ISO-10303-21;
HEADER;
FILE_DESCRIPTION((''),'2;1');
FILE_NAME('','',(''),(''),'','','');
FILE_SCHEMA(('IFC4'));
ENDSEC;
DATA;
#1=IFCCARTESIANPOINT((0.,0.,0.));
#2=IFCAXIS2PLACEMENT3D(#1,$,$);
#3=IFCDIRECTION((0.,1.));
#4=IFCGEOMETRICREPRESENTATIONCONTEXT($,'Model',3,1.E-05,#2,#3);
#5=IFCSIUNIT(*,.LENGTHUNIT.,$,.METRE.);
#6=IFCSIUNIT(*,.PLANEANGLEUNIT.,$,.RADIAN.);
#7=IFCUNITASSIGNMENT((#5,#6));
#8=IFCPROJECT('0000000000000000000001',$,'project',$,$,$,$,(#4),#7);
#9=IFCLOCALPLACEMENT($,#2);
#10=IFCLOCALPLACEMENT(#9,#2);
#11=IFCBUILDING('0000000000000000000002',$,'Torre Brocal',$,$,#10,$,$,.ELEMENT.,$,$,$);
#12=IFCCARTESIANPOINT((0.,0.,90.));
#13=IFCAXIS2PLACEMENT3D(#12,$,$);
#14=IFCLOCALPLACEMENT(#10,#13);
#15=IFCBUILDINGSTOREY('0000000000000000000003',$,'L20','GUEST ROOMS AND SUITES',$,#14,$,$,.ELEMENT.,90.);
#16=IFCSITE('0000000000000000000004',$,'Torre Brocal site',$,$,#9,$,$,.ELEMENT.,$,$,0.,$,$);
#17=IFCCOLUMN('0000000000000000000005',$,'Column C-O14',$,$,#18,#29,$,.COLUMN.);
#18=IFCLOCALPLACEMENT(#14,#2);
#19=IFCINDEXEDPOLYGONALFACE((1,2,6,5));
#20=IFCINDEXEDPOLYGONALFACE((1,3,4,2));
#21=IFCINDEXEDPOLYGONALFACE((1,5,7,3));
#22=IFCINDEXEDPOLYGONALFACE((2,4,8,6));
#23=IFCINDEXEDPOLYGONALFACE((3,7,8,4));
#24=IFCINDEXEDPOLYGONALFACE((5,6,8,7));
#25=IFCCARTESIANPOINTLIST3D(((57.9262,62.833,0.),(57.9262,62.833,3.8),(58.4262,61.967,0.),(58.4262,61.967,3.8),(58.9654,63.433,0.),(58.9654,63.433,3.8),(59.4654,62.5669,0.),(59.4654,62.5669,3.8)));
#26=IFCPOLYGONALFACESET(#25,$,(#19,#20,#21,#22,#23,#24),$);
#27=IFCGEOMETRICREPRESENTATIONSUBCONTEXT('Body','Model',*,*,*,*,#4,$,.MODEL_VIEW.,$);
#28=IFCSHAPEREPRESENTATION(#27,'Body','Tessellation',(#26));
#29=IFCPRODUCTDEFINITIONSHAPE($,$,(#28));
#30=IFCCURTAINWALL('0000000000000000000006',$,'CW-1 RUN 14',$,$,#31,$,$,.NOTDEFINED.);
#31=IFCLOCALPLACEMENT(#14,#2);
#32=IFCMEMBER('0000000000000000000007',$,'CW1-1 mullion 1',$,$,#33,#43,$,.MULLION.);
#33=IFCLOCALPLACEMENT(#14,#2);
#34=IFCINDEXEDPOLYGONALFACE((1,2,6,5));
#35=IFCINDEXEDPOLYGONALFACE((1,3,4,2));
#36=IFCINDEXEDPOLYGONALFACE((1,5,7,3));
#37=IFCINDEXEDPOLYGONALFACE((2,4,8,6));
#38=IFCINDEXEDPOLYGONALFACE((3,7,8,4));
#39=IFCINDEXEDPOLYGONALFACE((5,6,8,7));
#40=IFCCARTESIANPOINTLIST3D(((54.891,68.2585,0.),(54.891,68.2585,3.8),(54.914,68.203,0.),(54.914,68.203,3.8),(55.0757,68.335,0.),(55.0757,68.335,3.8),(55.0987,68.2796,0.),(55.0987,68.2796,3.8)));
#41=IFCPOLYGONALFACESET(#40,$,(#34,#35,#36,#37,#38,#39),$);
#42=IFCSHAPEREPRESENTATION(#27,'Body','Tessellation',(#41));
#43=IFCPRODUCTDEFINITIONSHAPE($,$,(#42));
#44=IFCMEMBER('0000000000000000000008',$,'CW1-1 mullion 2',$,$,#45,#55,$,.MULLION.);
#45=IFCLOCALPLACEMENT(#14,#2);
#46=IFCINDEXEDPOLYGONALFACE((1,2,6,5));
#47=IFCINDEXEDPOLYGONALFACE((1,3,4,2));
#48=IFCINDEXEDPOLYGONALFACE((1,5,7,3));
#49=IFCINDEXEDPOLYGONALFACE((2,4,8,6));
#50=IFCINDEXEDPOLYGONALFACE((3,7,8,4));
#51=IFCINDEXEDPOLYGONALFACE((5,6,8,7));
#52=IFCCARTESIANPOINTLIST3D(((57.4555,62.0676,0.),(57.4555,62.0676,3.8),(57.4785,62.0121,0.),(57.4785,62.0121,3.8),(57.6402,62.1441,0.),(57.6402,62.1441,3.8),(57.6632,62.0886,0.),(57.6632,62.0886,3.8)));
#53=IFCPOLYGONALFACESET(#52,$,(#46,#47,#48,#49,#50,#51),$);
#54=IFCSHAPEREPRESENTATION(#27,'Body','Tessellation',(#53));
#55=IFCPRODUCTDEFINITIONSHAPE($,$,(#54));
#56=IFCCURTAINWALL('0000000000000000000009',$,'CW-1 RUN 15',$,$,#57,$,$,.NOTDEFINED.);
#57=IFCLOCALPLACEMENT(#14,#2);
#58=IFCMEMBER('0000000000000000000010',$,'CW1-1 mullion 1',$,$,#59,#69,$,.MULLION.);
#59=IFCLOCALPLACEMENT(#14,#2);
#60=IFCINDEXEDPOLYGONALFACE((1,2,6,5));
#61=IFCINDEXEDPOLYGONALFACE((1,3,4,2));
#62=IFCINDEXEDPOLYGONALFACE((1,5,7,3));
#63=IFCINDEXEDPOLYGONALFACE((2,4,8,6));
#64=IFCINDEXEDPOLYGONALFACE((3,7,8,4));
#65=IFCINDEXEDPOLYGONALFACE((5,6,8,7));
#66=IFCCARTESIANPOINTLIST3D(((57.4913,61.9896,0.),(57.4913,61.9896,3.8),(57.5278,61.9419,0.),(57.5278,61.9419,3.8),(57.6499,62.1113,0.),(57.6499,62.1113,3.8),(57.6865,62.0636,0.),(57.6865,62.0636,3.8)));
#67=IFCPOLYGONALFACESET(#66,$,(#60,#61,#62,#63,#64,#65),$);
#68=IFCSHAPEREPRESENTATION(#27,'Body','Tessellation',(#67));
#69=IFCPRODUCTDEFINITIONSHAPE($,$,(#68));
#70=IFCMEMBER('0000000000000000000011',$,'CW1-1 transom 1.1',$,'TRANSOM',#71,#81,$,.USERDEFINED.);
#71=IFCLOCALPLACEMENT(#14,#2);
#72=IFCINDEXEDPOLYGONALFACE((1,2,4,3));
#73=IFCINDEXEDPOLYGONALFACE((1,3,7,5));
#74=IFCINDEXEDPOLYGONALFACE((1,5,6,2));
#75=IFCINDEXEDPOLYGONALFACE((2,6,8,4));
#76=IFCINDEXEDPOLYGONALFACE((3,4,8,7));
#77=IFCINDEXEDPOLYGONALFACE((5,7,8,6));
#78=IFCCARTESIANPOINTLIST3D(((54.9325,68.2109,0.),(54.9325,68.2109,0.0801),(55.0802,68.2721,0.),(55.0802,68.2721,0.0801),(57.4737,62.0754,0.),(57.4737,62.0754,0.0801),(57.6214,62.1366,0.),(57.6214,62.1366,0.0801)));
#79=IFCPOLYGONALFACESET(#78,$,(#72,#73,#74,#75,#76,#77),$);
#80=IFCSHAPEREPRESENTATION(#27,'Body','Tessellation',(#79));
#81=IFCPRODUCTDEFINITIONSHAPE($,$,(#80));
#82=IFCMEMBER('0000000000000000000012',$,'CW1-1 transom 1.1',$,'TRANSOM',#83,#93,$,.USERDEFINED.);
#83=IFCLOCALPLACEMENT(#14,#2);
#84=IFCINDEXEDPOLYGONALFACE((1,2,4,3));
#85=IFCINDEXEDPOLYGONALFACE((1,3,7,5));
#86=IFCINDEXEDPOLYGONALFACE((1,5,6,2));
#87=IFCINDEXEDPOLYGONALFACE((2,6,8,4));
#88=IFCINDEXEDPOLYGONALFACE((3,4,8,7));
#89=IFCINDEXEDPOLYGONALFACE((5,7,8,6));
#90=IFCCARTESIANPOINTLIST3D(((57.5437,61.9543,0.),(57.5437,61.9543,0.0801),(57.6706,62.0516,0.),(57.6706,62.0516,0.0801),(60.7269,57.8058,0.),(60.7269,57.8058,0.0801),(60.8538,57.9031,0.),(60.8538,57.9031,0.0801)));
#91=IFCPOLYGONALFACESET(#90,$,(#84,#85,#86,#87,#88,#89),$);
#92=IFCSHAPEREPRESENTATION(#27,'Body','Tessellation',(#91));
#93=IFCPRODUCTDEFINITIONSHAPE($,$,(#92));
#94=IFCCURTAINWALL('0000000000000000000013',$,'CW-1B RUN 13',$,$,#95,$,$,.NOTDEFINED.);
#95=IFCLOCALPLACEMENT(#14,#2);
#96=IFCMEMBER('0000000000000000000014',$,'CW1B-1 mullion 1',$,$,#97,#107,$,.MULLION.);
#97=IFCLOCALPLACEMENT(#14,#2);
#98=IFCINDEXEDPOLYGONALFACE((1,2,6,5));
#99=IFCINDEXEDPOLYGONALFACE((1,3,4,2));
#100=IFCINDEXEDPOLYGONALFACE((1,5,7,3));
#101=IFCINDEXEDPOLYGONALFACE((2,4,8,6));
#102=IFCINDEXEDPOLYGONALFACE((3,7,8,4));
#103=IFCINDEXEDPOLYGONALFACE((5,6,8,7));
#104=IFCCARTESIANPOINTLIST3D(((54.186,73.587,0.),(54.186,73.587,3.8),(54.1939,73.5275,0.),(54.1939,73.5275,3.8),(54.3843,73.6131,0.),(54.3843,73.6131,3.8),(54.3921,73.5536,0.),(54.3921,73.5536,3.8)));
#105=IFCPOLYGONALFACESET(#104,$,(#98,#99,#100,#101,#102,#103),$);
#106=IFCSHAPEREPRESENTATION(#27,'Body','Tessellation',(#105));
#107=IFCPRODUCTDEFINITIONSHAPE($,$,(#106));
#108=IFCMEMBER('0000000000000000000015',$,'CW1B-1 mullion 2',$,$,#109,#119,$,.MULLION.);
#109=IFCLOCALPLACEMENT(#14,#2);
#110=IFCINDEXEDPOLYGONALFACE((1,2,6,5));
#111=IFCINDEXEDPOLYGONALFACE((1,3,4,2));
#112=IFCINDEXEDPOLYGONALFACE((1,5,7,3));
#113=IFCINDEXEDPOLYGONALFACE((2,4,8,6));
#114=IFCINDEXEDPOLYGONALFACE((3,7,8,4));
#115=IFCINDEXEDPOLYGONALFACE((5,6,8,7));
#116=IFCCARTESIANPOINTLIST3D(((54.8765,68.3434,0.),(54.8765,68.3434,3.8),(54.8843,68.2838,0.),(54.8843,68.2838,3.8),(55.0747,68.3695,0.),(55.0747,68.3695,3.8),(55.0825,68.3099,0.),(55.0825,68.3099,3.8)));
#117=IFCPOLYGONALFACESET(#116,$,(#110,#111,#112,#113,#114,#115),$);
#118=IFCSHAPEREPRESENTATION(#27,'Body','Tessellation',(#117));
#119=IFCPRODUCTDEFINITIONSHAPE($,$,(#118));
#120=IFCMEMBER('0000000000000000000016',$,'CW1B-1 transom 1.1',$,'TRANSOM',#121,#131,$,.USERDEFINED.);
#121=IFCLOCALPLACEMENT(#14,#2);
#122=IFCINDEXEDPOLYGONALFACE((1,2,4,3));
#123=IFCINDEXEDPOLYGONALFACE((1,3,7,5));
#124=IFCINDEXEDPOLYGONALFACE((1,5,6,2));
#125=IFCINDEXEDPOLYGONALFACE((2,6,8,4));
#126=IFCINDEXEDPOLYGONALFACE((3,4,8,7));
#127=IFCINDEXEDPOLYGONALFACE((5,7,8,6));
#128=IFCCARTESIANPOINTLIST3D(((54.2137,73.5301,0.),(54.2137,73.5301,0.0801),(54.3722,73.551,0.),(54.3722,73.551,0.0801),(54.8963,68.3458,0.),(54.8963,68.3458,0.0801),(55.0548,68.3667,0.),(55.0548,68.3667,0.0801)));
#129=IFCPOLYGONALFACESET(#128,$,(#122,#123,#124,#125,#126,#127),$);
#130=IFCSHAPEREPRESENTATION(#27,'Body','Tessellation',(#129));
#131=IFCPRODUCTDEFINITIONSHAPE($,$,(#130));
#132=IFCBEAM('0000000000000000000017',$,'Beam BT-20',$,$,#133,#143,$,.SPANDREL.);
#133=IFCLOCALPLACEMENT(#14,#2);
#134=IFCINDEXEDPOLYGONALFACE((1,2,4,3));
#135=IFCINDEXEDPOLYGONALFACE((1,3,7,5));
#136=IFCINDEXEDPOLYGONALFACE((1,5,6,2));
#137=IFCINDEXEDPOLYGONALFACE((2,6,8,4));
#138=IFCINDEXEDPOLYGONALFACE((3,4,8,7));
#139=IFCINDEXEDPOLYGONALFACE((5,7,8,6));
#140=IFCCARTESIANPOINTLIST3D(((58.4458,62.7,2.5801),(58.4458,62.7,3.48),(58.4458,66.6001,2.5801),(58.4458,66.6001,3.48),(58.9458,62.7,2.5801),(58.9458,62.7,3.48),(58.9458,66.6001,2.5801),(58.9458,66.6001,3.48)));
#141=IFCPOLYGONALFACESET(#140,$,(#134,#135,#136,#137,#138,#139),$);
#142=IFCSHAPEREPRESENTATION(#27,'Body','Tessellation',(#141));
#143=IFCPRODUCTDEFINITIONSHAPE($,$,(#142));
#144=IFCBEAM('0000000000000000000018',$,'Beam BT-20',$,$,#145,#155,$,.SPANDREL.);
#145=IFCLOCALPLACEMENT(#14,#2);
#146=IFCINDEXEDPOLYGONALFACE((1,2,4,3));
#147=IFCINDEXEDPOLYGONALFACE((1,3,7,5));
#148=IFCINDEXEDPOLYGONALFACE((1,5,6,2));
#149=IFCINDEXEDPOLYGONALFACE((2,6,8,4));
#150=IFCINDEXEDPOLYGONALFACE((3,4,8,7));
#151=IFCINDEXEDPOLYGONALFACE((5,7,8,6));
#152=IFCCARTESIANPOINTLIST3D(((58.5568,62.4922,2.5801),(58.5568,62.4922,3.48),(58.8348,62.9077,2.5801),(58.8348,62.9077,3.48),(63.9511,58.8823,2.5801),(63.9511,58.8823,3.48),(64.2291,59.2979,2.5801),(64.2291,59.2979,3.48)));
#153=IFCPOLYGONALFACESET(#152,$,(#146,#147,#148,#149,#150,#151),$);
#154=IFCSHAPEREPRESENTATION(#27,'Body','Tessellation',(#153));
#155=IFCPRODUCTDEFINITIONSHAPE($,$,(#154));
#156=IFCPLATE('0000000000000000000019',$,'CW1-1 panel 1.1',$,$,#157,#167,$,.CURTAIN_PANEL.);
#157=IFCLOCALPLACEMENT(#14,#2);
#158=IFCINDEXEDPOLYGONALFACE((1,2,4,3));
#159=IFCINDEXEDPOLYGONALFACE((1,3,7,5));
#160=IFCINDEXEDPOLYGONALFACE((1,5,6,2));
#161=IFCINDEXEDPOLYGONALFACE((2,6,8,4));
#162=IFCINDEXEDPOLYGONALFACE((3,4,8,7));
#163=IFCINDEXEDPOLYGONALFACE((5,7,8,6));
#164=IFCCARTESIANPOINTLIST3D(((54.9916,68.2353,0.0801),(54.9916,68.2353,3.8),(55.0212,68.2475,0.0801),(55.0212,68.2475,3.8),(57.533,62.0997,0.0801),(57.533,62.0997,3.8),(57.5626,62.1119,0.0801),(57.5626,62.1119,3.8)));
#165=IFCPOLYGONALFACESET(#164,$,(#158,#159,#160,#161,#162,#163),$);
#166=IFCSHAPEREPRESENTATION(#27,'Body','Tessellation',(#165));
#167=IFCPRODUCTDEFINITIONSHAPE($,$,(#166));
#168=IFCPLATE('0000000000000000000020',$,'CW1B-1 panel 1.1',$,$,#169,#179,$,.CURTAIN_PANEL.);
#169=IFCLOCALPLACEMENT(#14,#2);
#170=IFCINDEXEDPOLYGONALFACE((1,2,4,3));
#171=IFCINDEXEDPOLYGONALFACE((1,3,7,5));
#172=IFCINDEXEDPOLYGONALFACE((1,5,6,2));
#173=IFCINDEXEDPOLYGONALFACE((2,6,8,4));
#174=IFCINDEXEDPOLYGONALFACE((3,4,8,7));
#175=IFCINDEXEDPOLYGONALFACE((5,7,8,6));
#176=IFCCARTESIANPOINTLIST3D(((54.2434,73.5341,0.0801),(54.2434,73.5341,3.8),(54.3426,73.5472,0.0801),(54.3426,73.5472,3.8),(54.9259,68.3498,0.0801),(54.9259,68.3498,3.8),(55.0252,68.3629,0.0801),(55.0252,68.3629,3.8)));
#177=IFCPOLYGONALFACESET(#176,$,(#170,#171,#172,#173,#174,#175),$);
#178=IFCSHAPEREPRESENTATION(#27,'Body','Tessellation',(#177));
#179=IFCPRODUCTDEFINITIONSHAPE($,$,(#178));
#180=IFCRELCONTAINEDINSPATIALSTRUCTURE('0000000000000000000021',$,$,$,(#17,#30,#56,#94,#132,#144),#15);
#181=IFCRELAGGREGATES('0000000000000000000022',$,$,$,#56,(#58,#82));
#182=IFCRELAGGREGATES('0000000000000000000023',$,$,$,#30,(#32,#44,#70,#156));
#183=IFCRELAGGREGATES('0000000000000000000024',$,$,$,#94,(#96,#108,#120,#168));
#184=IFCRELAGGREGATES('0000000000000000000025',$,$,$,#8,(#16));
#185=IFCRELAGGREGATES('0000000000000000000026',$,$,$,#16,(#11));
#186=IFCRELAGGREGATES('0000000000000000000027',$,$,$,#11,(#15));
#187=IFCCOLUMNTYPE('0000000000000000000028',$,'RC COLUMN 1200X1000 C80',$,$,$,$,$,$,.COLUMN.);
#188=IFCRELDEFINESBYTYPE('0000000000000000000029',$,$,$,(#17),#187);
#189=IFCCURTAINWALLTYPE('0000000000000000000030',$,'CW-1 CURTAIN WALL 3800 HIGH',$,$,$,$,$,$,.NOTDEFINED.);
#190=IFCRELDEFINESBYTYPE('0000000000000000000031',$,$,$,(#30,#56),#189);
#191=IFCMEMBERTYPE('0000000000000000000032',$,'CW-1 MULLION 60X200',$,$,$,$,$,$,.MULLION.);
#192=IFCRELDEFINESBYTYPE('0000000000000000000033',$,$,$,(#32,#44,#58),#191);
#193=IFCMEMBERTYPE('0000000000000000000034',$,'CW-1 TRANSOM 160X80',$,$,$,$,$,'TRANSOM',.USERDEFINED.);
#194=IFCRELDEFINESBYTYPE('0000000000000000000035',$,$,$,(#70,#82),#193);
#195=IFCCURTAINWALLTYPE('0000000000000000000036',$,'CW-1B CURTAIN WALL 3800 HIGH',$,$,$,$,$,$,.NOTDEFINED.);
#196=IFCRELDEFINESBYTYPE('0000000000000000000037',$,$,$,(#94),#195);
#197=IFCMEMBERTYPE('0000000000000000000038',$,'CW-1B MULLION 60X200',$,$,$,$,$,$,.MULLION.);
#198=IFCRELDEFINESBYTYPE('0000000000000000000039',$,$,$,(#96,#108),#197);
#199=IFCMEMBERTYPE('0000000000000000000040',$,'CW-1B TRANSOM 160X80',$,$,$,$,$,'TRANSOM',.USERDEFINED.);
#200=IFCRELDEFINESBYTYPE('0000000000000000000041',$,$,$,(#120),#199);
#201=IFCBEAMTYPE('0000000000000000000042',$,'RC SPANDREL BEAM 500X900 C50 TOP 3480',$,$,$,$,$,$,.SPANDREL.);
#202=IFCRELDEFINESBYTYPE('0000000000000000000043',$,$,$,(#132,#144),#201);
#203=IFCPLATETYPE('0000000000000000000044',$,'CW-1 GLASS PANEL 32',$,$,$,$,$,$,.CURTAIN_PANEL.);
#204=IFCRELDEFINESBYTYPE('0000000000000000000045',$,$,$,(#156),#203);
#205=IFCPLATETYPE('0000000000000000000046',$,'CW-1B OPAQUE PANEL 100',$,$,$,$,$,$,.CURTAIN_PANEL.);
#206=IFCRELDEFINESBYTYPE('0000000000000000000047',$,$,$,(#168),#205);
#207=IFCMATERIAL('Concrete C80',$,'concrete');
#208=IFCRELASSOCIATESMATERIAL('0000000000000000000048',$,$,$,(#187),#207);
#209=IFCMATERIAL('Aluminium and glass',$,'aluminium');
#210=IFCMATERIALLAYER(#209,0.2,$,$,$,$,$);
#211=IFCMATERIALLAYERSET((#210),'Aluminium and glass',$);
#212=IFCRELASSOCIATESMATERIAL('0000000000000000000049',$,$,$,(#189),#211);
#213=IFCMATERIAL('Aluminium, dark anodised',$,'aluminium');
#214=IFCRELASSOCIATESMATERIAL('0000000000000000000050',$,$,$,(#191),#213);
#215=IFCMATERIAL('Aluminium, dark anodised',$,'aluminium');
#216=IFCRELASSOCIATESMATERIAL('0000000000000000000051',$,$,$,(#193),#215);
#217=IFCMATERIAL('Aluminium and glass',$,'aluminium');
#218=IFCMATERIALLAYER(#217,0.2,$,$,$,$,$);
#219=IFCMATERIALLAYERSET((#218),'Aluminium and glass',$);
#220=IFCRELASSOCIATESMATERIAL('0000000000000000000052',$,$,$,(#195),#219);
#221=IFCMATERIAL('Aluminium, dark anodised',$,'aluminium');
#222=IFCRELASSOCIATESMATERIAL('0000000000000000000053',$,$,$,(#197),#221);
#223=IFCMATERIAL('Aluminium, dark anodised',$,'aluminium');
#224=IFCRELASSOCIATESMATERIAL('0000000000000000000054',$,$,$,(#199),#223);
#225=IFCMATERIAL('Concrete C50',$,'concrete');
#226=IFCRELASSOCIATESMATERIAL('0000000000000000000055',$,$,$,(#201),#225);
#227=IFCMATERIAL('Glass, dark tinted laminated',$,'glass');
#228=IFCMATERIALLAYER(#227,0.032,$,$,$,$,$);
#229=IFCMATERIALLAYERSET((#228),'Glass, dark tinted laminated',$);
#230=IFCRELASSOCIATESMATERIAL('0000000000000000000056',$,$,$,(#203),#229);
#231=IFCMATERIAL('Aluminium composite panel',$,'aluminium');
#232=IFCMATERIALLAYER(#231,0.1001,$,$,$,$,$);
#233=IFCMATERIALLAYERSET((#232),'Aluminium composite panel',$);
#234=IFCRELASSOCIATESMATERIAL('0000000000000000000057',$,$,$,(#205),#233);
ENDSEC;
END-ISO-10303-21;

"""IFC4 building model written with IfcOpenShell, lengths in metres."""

from ifc_helpers import new_model, si_unit, direction, frame, origin, origin_2d, place, context, subcontext, project, spatial, rectangle, extrude, material, layer, layer_set, material_profile, profile_set, type_object, element, aggregate, save


model = new_model("IFC4")

# Units and contexts
model_context = context("Model", 3, precision=1e-05, world=origin(), true_north=direction((0.0, 1.0)))
body_context = subcontext(model_context, "Body", "Model", "MODEL_VIEW")
ifc_project = project(units=[si_unit("LENGTHUNIT", "METRE"), si_unit("PLANEANGLEUNIT", "RADIAN")], contexts=[model_context])

# Site, building, storey
site_placement = place(None, origin())
site = spatial("IfcSite", under=ifc_project, at=site_placement, Name="Torre Brocal site", CompositionType="ELEMENT", RefElevation=0.0)
building_placement = place(site_placement, origin())
building = spatial("IfcBuilding", under=site, at=building_placement, Name="Torre Brocal", CompositionType="ELEMENT")
storey_placement = place(building_placement, frame((0.0, 0.0, 90.0)))
storey = spatial("IfcBuildingStorey", under=building, at=storey_placement, Name="L20", Description="GUEST ROOMS AND SUITES", CompositionType="ELEMENT", Elevation=90.0)

# Column
ifc_material_1 = material(Name="Concrete C80", Category="concrete")
ifc_material_profile_1 = material_profile(ifc_material_1, rectangle(XDim=1.2, YDim=1.0, at=origin_2d()), Name="RC 1200X1000")
ifc_profile_set_1 = profile_set([ifc_material_profile_1], Name="Concrete C80")
column_type = type_object("IfcColumnType", Name="RC COLUMN 1200X1000 C80", PredefinedType="COLUMN", material=ifc_profile_set_1)
column_placement = place(storey_placement, frame((58.6958, 62.7, 0.0), z_axis=(0.0, 0.0, 1.0), x_axis=(-0.866025, -0.5, 0.0)))
element("IfcColumn", 1, at=column_placement, inside=storey, type_object=column_type, Name="Column C-O14", PredefinedType="COLUMN", context=body_context, shape_type="SweptSolid", body=[
    extrude(rectangle(XDim=1.2, YDim=1.0, at=origin_2d()), origin(), (0.0, 0.0, 1.0), 3.8),
])

# Curtain wall, members
ifc_material_2 = material(Name="Aluminium and glass", Category="aluminium")
ifc_layer_1 = layer(ifc_material_2, 0.2)
ifc_layer_set_1 = layer_set([ifc_layer_1], Name="Aluminium and glass")
curtain_wall_type_1 = type_object("IfcCurtainWallType", Name="CW-1 CURTAIN WALL 3800 HIGH", PredefinedType="NOTDEFINED", material=ifc_layer_set_1)
curtain_wall_1_placement = place(storey_placement, origin())
curtain_wall_1 = element("IfcCurtainWall", 2, at=curtain_wall_1_placement, inside=storey, type_object=curtain_wall_type_1, Name="CW-1 RUN 14", PredefinedType="NOTDEFINED")
ifc_material_3 = material(Name="Aluminium, dark anodised", Category="aluminium")
ifc_material_profile_2 = material_profile(ifc_material_3, rectangle(XDim=0.2, YDim=0.0601, at=origin_2d()), Name="CW-1 MULLION 60X200")
ifc_profile_set_2 = profile_set([ifc_material_profile_2], Name="Aluminium, dark anodised")
member_type_1 = type_object("IfcMemberType", Name="CW-1 MULLION 60X200", PredefinedType="MULLION", material=ifc_profile_set_2)
member_1_placement = place(storey_placement, frame((54.9949, 68.269, 0.0), z_axis=(0.0, 0.0, 1.0), x_axis=(0.92388, 0.382683, 0.0)))
member_1 = element("IfcMember", 3, at=member_1_placement, type_object=member_type_1, Name="CW1-1 mullion 1", PredefinedType="MULLION", context=body_context, shape_type="SweptSolid", body=[
    extrude(rectangle(XDim=0.2, YDim=0.0601, at=origin_2d()), origin(), (0.0, 0.0, 1.0), 3.8),
])
member_2_placement = place(storey_placement, frame((57.5593, 62.0781, 0.0), z_axis=(0.0, 0.0, 1.0), x_axis=(0.92388, 0.382683, 0.0)))
member_2 = element("IfcMember", 4, at=member_2_placement, type_object=member_type_1, Name="CW1-1 mullion 2", PredefinedType="MULLION", context=body_context, shape_type="SweptSolid", body=[
    extrude(rectangle(XDim=0.2, YDim=0.0601, at=origin_2d()), origin(), (0.0, 0.0, 1.0), 3.8),
])

# Curtain wall, member
curtain_wall_2_placement = place(storey_placement, origin())
curtain_wall_2 = element("IfcCurtainWall", 5, at=curtain_wall_2_placement, inside=storey, type_object=curtain_wall_type_1, Name="CW-1 RUN 15", PredefinedType="NOTDEFINED")
member_3_placement = place(storey_placement, frame((57.5889, 62.0266, 0.0), z_axis=(0.0, 0.0, 1.0), x_axis=(0.793353, 0.608761, 0.0)))
member_3 = element("IfcMember", 6, at=member_3_placement, type_object=member_type_1, Name="CW1-1 mullion 1", PredefinedType="MULLION", context=body_context, shape_type="SweptSolid", body=[
    extrude(rectangle(XDim=0.2, YDim=0.0601, at=origin_2d()), origin(), (0.0, 0.0, 1.0), 3.8),
])

# Members
ifc_material_4 = material(Name="Aluminium, dark anodised", Category="aluminium")
ifc_material_profile_3 = material_profile(ifc_material_4, rectangle(XDim=0.1599, YDim=0.0801, at=origin_2d()), Name="CW-1 TRANSOM 160X80")
ifc_profile_set_3 = profile_set([ifc_material_profile_3], Name="Aluminium, dark anodised")
member_type_2 = type_object("IfcMemberType", Name="CW-1 TRANSOM 160X80", ElementType="TRANSOM", PredefinedType="USERDEFINED", material=ifc_profile_set_3)
member_4_placement = place(storey_placement, frame((55.0063, 68.2415, 0.04), z_axis=(0.382665, -0.923887, 0.0), x_axis=(0.923887, 0.382665, 0.0)))
member_4 = element("IfcMember", 7, at=member_4_placement, type_object=member_type_2, Name="CW1-1 transom 1.1", ObjectType="TRANSOM", PredefinedType="USERDEFINED", context=body_context, shape_type="SweptSolid", body=[
    extrude(rectangle(XDim=0.1599, YDim=0.0801, at=origin_2d()), origin(), (0.0, 0.0, 1.0), 6.6409),
])
member_5_placement = place(storey_placement, frame((57.6072, 62.0029, 0.04), z_axis=(0.608749, -0.793363, 0.0), x_axis=(0.793363, 0.608749, 0.0)))
member_5 = element("IfcMember", 8, at=member_5_placement, type_object=member_type_2, Name="CW1-1 transom 1.1", ObjectType="TRANSOM", PredefinedType="USERDEFINED", context=body_context, shape_type="SweptSolid", body=[
    extrude(rectangle(XDim=0.1599, YDim=0.0801, at=origin_2d()), origin(), (0.0, 0.0, 1.0), 5.229),
])
aggregate(curtain_wall_2, [member_3, member_5])

# Curtain wall, members
ifc_material_5 = material(Name="Aluminium and glass", Category="aluminium")
ifc_layer_2 = layer(ifc_material_5, 0.2)
ifc_layer_set_2 = layer_set([ifc_layer_2], Name="Aluminium and glass")
curtain_wall_type_2 = type_object("IfcCurtainWallType", Name="CW-1B CURTAIN WALL 3800 HIGH", PredefinedType="NOTDEFINED", material=ifc_layer_set_2)
curtain_wall_3_placement = place(storey_placement, origin())
curtain_wall_3 = element("IfcCurtainWall", 9, at=curtain_wall_3_placement, inside=storey, type_object=curtain_wall_type_2, Name="CW-1B RUN 13", PredefinedType="NOTDEFINED")
ifc_material_6 = material(Name="Aluminium, dark anodised", Category="aluminium")
ifc_material_profile_4 = material_profile(ifc_material_6, rectangle(XDim=0.2, YDim=0.0601, at=origin_2d()), Name="CW-1B MULLION 60X200")
ifc_profile_set_4 = profile_set([ifc_material_profile_4], Name="Aluminium, dark anodised")
member_type_3 = type_object("IfcMemberType", Name="CW-1B MULLION 60X200", PredefinedType="MULLION", material=ifc_profile_set_4)
member_6_placement = place(storey_placement, frame((54.2891, 73.5703, 0.0), z_axis=(0.0, 0.0, 1.0), x_axis=(0.991445, 0.130526, 0.0)))
member_6 = element("IfcMember", 10, at=member_6_placement, type_object=member_type_3, Name="CW1B-1 mullion 1", PredefinedType="MULLION", context=body_context, shape_type="SweptSolid", body=[
    extrude(rectangle(XDim=0.2, YDim=0.0601, at=origin_2d()), origin(), (0.0, 0.0, 1.0), 3.8),
])
member_7_placement = place(storey_placement, frame((54.9795, 68.3267, 0.0), z_axis=(0.0, 0.0, 1.0), x_axis=(0.991445, 0.130526, 0.0)))
member_7 = element("IfcMember", 11, at=member_7_placement, type_object=member_type_3, Name="CW1B-1 mullion 2", PredefinedType="MULLION", context=body_context, shape_type="SweptSolid", body=[
    extrude(rectangle(XDim=0.2, YDim=0.0601, at=origin_2d()), origin(), (0.0, 0.0, 1.0), 3.8),
])
ifc_material_7 = material(Name="Aluminium, dark anodised", Category="aluminium")
ifc_material_profile_5 = material_profile(ifc_material_7, rectangle(XDim=0.1599, YDim=0.0801, at=origin_2d()), Name="CW-1B TRANSOM 160X80")
ifc_profile_set_5 = profile_set([ifc_material_profile_5], Name="Aluminium, dark anodised")
member_type_4 = type_object("IfcMemberType", Name="CW-1B TRANSOM 160X80", ElementType="TRANSOM", PredefinedType="USERDEFINED", material=ifc_profile_set_5)
member_8_placement = place(storey_placement, frame((54.293, 73.5405, 0.04), z_axis=(0.130543, -0.991443, 0.0), x_axis=(0.991443, 0.130543, 0.0)))
member_8 = element("IfcMember", 12, at=member_8_placement, type_object=member_type_4, Name="CW1B-1 transom 1.1", ObjectType="TRANSOM", PredefinedType="USERDEFINED", context=body_context, shape_type="SweptSolid", body=[
    extrude(rectangle(XDim=0.1599, YDim=0.0801, at=origin_2d()), origin(), (0.0, 0.0, 1.0), 5.229),
])

# Beams
ifc_material_8 = material(Name="Concrete C50", Category="concrete")
ifc_material_profile_6 = material_profile(ifc_material_8, rectangle(XDim=0.5, YDim=0.8999, at=origin_2d()), Name="RC 500X900")
ifc_profile_set_6 = profile_set([ifc_material_profile_6], Name="Concrete C50")
beam_type = type_object("IfcBeamType", Name="RC SPANDREL BEAM 500X900 C50 TOP 3480", PredefinedType="SPANDREL", material=ifc_profile_set_6)
beam_1_placement = place(storey_placement, frame((58.6958, 62.7, 3.03), z_axis=(0.0, 1.0, 0.0), x_axis=(-1.0, 0.0, 0.0)))
element("IfcBeam", 13, at=beam_1_placement, inside=storey, type_object=beam_type, Name="Beam BT-20", PredefinedType="SPANDREL", context=body_context, shape_type="SweptSolid", body=[
    extrude(rectangle(XDim=0.5, YDim=0.8999, at=origin_2d()), origin(), (0.0, 0.0, 1.0), 3.9001),
])
beam_2_placement = place(storey_placement, frame((58.6958, 62.7, 3.03), z_axis=(0.831077, -0.556158, 0.0), x_axis=(0.556158, 0.831077, 0.0)))
element("IfcBeam", 14, at=beam_2_placement, inside=storey, type_object=beam_type, Name="Beam BT-20", PredefinedType="SPANDREL", context=body_context, shape_type="SweptSolid", body=[
    extrude(rectangle(XDim=0.5, YDim=0.8999, at=origin_2d()), origin(), (0.0, 0.0, 1.0), 6.4907),
])

# Plates
ifc_material_9 = material(Name="Glass, dark tinted laminated", Category="glass")
ifc_layer_3 = layer(ifc_material_9, 0.032)
ifc_layer_set_3 = layer_set([ifc_layer_3], Name="Glass, dark tinted laminated")
plate_type_1 = type_object("IfcPlateType", Name="CW-1 GLASS PANEL 32", PredefinedType="CURTAIN_PANEL", material=ifc_layer_set_3)
plate_1_placement = place(storey_placement, frame((56.2771, 65.1736, 0.0801), z_axis=(0.0, 0.0, 1.0), x_axis=(0.382683, -0.92388, 0.0)))
plate_1 = element("IfcPlate", 15, at=plate_1_placement, type_object=plate_type_1, Name="CW1-1 panel 1.1", PredefinedType="CURTAIN_PANEL", context=body_context, shape_type="SweptSolid", body=[
    extrude(rectangle(XDim=6.6411, YDim=0.032, at=origin_2d()), origin(), (0.0, 0.0, 1.0), 3.72),
])
aggregate(curtain_wall_1, [member_1, member_2, member_4, plate_1])
ifc_material_10 = material(Name="Aluminium composite panel", Category="aluminium")
ifc_layer_4 = layer(ifc_material_10, 0.1001)
ifc_layer_set_4 = layer_set([ifc_layer_4], Name="Aluminium composite panel")
plate_type_2 = type_object("IfcPlateType", Name="CW-1B OPAQUE PANEL 100", PredefinedType="CURTAIN_PANEL", material=ifc_layer_set_4)
plate_2_placement = place(storey_placement, frame((54.6343, 70.9485, 0.0801), z_axis=(0.0, 0.0, 1.0), x_axis=(0.130526, -0.991445, 0.0)))
plate_2 = element("IfcPlate", 16, at=plate_2_placement, type_object=plate_type_2, Name="CW1B-1 panel 1.1", PredefinedType="CURTAIN_PANEL", context=body_context, shape_type="SweptSolid", body=[
    extrude(rectangle(XDim=5.229, YDim=0.1001, at=origin_2d()), origin(), (0.0, 0.0, 1.0), 3.72),
])
aggregate(curtain_wall_3, [member_6, member_7, member_8, plate_2])

save(model, "model.ifc")
